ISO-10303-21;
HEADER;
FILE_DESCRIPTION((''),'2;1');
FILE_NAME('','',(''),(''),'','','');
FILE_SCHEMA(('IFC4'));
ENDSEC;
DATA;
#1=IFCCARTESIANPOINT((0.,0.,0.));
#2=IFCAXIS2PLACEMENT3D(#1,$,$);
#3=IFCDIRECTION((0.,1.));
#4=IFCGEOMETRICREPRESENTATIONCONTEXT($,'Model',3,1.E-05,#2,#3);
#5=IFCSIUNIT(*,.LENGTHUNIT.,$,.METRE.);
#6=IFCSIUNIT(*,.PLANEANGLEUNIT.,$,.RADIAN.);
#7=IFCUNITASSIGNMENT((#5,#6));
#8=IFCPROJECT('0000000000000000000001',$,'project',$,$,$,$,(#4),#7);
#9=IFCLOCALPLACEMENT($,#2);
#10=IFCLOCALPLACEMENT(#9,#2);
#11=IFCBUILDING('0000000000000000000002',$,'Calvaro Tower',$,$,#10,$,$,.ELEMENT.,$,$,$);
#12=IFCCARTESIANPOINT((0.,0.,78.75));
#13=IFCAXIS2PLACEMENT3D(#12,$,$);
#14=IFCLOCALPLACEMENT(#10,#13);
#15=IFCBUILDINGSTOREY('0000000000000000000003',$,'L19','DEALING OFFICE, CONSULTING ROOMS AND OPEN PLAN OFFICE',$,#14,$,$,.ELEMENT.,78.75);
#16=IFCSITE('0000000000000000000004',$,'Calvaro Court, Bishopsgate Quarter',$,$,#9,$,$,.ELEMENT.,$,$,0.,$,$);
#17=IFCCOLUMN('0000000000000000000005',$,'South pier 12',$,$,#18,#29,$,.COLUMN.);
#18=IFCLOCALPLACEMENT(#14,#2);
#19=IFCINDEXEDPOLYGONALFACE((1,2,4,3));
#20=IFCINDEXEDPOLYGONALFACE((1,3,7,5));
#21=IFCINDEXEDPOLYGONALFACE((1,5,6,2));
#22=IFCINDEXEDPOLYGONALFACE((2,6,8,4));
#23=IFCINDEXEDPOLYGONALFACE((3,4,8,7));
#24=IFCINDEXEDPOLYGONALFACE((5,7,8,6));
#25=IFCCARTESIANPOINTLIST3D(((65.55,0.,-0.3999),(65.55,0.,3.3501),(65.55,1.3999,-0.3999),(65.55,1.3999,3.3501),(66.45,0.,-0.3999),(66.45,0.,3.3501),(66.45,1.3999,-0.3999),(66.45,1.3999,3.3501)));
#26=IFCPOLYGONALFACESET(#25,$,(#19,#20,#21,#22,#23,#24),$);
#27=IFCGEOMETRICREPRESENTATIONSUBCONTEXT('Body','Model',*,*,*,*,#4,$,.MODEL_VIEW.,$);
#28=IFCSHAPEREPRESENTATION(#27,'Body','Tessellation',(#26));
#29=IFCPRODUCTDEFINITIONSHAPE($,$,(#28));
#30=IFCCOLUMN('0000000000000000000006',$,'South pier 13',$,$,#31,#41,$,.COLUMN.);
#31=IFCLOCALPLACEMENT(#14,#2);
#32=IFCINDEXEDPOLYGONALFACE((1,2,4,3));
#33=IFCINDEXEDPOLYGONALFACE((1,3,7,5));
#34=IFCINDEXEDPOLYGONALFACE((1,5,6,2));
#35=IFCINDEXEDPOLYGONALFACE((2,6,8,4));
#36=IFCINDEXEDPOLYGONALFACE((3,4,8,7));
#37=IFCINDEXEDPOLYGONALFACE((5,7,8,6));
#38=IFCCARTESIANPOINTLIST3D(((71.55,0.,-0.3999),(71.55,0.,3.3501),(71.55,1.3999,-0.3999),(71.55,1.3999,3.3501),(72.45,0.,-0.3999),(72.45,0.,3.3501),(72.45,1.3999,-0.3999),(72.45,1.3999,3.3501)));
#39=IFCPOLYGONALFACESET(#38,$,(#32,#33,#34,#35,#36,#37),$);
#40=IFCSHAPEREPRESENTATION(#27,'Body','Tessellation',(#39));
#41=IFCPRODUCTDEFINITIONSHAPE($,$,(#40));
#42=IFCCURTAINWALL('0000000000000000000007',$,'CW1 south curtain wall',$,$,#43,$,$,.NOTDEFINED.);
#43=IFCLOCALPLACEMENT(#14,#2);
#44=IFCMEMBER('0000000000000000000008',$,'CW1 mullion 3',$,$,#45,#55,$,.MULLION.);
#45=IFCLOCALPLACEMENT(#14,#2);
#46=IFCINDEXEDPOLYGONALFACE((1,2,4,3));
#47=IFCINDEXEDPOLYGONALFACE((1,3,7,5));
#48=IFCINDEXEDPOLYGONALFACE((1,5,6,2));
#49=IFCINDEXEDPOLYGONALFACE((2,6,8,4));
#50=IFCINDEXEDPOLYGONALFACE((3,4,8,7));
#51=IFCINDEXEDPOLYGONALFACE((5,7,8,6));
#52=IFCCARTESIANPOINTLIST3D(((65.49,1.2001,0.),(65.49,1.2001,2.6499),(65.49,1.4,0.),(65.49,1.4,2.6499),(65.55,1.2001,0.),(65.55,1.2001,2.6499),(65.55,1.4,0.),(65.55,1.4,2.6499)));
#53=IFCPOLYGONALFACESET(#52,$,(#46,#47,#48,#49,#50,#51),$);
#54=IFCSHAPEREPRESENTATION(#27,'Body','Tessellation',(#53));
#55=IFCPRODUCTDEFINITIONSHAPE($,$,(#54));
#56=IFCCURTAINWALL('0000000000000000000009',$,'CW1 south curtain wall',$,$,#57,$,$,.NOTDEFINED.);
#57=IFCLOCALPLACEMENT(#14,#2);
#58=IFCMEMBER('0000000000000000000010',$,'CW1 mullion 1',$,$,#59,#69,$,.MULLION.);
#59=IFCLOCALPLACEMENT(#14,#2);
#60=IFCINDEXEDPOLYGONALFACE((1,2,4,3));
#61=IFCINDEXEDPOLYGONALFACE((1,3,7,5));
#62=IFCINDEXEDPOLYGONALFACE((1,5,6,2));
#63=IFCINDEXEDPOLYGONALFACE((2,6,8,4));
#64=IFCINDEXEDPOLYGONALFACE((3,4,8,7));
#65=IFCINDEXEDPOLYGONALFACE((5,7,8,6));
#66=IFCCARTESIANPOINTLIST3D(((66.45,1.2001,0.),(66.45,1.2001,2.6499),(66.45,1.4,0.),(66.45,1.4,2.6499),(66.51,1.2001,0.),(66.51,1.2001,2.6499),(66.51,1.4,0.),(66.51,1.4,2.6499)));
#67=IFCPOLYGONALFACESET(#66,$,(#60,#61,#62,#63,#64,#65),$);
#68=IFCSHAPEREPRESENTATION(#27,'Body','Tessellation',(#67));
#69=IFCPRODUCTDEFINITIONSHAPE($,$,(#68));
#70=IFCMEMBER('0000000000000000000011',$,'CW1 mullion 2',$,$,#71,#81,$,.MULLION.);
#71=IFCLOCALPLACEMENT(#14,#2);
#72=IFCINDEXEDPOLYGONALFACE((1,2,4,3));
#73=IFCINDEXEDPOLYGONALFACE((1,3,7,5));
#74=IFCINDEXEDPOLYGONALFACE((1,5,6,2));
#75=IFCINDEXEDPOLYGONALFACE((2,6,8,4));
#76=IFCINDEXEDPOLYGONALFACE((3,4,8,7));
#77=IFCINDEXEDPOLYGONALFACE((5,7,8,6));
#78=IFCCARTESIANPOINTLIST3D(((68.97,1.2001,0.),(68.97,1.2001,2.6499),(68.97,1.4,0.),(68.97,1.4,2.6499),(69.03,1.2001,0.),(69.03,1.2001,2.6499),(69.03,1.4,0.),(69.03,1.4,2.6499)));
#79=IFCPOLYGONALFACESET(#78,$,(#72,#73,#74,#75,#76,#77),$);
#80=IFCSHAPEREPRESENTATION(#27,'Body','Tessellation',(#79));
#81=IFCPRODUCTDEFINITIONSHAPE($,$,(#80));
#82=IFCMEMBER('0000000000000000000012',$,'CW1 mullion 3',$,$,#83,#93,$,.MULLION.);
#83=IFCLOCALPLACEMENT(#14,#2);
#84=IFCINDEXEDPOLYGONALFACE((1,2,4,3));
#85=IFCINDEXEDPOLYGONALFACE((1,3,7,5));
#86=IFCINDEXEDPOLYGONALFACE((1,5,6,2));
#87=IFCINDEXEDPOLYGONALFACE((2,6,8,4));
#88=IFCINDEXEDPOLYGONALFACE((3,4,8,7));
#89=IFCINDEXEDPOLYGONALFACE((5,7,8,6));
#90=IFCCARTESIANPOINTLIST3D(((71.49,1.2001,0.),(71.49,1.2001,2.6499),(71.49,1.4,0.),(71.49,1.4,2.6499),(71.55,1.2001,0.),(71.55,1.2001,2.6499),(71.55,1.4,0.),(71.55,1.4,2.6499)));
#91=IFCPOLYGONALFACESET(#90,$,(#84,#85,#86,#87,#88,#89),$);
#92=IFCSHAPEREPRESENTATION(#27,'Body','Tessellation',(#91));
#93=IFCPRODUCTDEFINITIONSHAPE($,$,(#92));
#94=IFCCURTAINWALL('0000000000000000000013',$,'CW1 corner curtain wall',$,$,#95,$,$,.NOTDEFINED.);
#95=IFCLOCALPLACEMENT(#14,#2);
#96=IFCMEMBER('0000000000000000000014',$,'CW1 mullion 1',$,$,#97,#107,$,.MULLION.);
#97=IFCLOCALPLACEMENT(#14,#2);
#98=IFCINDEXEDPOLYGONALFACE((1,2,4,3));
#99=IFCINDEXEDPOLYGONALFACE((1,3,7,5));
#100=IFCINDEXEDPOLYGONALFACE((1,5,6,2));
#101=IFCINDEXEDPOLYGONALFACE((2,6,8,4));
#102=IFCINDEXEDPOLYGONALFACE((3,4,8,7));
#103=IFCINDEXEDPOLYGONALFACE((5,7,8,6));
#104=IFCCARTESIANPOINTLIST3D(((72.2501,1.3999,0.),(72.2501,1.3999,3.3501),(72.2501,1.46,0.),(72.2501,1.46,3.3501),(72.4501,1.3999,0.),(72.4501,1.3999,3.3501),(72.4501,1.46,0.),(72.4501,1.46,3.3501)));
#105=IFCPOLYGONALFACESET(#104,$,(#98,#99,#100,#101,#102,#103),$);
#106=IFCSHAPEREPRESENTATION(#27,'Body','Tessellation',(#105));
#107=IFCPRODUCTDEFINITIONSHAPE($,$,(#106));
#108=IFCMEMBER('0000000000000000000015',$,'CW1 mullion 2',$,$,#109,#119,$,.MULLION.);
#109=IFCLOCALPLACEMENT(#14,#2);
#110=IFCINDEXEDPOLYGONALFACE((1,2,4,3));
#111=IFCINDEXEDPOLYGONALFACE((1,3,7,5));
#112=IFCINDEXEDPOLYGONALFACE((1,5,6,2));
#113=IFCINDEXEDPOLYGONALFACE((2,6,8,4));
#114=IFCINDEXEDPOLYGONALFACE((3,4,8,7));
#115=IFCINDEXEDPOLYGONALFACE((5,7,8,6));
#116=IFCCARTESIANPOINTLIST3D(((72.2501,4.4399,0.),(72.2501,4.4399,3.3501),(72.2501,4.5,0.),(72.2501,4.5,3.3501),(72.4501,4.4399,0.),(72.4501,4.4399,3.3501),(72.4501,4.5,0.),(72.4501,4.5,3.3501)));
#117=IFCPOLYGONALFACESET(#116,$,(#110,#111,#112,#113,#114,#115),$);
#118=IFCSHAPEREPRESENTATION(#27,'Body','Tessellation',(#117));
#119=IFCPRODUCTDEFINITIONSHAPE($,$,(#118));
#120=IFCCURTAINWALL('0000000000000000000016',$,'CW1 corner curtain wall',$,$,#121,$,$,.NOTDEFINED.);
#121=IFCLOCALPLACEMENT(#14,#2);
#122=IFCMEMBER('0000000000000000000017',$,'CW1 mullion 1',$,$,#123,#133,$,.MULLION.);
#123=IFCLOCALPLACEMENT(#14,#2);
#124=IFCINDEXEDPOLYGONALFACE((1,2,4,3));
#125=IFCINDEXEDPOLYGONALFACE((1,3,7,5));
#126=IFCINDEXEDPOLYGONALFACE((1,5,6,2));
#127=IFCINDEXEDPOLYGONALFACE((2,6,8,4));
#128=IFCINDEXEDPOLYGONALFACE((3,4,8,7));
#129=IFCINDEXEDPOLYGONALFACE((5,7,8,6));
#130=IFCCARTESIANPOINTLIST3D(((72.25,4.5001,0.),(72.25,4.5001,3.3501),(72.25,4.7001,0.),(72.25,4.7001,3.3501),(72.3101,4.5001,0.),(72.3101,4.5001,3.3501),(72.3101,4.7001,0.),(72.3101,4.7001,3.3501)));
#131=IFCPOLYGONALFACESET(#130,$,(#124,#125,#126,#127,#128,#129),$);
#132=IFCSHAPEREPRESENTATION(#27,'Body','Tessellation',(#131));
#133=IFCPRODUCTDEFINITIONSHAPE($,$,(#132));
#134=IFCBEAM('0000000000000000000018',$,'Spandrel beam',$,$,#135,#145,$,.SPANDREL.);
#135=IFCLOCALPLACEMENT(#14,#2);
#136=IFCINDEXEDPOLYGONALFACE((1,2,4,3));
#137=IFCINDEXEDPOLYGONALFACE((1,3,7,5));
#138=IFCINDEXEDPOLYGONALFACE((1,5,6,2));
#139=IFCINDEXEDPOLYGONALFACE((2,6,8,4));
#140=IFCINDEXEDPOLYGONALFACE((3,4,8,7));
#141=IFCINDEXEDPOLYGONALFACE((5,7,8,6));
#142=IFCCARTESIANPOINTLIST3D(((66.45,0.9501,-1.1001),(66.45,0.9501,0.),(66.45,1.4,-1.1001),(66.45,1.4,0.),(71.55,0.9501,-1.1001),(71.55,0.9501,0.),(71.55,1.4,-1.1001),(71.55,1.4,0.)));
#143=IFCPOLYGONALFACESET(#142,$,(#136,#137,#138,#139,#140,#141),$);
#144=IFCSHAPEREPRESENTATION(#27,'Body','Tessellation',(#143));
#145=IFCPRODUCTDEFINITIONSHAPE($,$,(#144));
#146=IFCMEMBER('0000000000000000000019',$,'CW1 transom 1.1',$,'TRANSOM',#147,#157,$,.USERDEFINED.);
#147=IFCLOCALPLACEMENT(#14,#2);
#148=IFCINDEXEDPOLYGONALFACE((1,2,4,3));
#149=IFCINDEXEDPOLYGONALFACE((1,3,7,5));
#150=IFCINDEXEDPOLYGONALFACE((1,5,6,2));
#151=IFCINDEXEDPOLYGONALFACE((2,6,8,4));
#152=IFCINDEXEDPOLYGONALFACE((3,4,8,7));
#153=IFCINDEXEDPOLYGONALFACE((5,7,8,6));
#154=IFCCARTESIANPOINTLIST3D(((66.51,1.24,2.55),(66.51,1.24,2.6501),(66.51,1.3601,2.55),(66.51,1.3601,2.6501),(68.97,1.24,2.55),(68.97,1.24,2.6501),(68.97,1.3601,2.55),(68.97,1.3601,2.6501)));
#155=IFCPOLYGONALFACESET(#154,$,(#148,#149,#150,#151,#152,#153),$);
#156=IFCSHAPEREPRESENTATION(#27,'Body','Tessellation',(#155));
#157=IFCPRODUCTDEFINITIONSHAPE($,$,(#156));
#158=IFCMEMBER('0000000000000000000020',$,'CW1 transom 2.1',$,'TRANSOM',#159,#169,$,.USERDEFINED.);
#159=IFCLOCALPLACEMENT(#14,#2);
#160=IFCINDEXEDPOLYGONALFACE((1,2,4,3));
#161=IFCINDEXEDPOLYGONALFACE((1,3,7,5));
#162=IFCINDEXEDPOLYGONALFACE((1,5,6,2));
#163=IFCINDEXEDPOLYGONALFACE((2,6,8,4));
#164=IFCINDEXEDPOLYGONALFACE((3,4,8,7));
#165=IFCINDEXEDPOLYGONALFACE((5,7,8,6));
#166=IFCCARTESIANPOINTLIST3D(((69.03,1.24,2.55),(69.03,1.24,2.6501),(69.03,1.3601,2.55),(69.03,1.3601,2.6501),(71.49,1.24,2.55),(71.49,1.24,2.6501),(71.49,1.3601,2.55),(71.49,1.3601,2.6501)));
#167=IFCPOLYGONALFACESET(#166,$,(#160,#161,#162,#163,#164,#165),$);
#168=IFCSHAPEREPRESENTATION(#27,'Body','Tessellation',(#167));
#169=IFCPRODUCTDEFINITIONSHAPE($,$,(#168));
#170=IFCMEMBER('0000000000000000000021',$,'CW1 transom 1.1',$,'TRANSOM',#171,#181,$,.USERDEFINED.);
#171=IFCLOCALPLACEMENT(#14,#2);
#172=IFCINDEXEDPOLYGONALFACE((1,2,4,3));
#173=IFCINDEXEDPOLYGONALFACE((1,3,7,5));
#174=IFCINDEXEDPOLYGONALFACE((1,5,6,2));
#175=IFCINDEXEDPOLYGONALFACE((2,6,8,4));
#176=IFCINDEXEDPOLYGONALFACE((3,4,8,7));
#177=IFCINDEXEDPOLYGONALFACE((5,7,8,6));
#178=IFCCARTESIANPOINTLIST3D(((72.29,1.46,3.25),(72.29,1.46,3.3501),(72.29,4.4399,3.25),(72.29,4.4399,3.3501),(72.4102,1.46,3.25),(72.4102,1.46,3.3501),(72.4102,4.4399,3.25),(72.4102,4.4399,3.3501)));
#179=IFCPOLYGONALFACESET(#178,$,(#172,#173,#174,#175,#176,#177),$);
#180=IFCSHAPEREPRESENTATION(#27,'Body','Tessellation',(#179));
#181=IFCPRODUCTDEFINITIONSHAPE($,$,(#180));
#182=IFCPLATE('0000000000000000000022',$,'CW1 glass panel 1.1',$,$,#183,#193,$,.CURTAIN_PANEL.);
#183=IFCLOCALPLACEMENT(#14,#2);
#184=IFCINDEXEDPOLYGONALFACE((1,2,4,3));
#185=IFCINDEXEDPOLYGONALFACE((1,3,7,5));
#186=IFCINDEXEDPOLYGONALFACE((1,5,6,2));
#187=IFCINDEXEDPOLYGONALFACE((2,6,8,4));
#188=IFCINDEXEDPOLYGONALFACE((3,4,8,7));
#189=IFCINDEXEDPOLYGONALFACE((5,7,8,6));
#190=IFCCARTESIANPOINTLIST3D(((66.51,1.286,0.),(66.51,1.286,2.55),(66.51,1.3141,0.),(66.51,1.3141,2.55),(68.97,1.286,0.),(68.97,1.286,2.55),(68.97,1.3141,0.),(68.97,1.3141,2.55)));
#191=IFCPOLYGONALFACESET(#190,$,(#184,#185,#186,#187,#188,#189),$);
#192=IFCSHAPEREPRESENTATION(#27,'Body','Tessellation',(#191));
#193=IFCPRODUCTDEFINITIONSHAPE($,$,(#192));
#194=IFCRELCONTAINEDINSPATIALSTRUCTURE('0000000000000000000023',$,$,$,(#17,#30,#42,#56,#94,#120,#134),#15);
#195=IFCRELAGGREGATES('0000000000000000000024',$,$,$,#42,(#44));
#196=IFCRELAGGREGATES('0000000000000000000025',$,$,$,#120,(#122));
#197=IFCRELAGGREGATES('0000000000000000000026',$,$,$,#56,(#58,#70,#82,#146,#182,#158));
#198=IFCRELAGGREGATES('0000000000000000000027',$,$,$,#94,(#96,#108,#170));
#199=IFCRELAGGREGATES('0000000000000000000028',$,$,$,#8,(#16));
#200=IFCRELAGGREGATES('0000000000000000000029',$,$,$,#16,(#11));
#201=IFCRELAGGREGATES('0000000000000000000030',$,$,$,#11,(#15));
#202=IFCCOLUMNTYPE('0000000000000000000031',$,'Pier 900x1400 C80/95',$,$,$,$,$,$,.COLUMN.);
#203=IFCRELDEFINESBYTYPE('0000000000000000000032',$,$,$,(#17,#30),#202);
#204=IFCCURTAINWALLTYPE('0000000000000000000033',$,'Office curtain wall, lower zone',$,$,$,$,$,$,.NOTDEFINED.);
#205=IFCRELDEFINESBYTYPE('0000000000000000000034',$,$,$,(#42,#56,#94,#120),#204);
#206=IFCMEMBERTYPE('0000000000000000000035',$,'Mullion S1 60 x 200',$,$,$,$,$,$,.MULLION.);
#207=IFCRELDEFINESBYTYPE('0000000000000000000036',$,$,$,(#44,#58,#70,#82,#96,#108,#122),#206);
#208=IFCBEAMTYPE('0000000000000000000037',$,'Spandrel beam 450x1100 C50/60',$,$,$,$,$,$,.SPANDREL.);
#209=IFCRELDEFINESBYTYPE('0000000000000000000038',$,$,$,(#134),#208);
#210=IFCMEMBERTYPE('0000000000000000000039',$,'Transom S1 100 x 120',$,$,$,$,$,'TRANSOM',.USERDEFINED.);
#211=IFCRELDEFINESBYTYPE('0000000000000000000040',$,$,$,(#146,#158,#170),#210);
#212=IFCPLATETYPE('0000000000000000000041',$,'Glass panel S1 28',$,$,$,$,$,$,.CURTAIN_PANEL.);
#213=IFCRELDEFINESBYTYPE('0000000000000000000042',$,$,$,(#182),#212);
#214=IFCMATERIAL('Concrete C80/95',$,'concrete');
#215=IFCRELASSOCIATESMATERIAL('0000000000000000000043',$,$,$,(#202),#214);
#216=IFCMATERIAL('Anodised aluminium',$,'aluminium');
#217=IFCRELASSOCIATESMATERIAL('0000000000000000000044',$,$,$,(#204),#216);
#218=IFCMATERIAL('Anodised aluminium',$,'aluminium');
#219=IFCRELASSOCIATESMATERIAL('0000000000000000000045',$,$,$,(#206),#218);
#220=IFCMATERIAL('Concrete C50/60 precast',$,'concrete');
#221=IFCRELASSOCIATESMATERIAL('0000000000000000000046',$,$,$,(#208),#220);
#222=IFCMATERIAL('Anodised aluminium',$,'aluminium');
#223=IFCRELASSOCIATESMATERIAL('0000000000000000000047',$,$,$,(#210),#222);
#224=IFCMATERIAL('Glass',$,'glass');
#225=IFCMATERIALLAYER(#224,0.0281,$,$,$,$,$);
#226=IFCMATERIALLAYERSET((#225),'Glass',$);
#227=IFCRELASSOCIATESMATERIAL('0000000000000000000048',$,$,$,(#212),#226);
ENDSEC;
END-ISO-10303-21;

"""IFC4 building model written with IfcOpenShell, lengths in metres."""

from ifc_helpers import new_model, si_unit, direction, frame, origin, origin_2d, place, context, subcontext, project, spatial, rectangle, extrude, material, layer, layer_set, material_profile, profile_set, type_object, element, aggregate, save


model = new_model("IFC4")

# Units and contexts
model_context = context("Model", 3, precision=1e-05, world=origin(), true_north=direction((0.0, 1.0)))
body_context = subcontext(model_context, "Body", "Model", "MODEL_VIEW")
ifc_project = project(units=[si_unit("LENGTHUNIT", "METRE"), si_unit("PLANEANGLEUNIT", "RADIAN")], contexts=[model_context])

# Site, building, storey
site_placement = place(None, origin())
site = spatial("IfcSite", under=ifc_project, at=site_placement, Name="Calvaro Court, Bishopsgate Quarter", CompositionType="ELEMENT", RefElevation=0.0)
building_placement = place(site_placement, origin())
building = spatial("IfcBuilding", under=site, at=building_placement, Name="Calvaro Tower", CompositionType="ELEMENT")
storey_placement = place(building_placement, frame((0.0, 0.0, 78.75)))
storey = spatial("IfcBuildingStorey", under=building, at=storey_placement, Name="L19", Description="DEALING OFFICE, CONSULTING ROOMS AND OPEN PLAN OFFICE", CompositionType="ELEMENT", Elevation=78.75)

# Columns
ifc_material_1 = material(Name="Concrete C80/95", Category="concrete")
ifc_material_profile_1 = material_profile(ifc_material_1, rectangle(XDim=0.8999, YDim=1.3999, at=origin_2d()), Name="RC 900x1400")
ifc_profile_set_1 = profile_set([ifc_material_profile_1], Name="Concrete C80/95")
column_type = type_object("IfcColumnType", Name="Pier 900x1400 C80/95", PredefinedType="COLUMN", material=ifc_profile_set_1)
for number, where, z_axis, x_axis, name in (
    (1, (66.0, 0.7, -0.3999), (0.0, 0.0, 1.0), (1.0, 0.0, 0.0), "South pier 12"),
    (2, (72.0, 0.7, -0.3999), (0.0, 0.0, 1.0), (1.0, 0.0, 0.0), "South pier 13"),
):
    element("IfcColumn", number, at=place(storey_placement, frame(where, z_axis=z_axis, x_axis=x_axis)), inside=storey, type_object=column_type, Name=name, PredefinedType="COLUMN", context=body_context, shape_type="SweptSolid", body=[
        extrude(rectangle(XDim=0.8999, YDim=1.3999, at=origin_2d()), origin(), (0.0, 0.0, 1.0), 3.75),
    ])

# Curtain wall, member
ifc_material_2 = material(Name="Anodised aluminium", Category="aluminium")
curtain_wall_type = type_object("IfcCurtainWallType", Name="Office curtain wall, lower zone", PredefinedType="NOTDEFINED", material=ifc_material_2)
curtain_wall_1_placement = place(storey_placement, origin())
curtain_wall_1 = element("IfcCurtainWall", 3, at=curtain_wall_1_placement, inside=storey, type_object=curtain_wall_type, Name="CW1 south curtain wall", PredefinedType="NOTDEFINED")
ifc_material_3 = material(Name="Anodised aluminium", Category="aluminium")
ifc_material_profile_2 = material_profile(ifc_material_3, rectangle(XDim=0.2, YDim=0.0601, at=origin_2d()), Name="Mullion S1 60 x 200")
ifc_profile_set_2 = profile_set([ifc_material_profile_2], Name="Anodised aluminium")
member_type_1 = type_object("IfcMemberType", Name="Mullion S1 60 x 200", PredefinedType="MULLION", material=ifc_profile_set_2)
member_1_placement = place(storey_placement, frame((65.52, 1.3, 0.0), z_axis=(0.0, 0.0, 1.0), x_axis=(0.0, 1.0, 0.0)))
member_1 = element("IfcMember", 4, at=member_1_placement, type_object=member_type_1, Name="CW1 mullion 3", PredefinedType="MULLION", context=body_context, shape_type="SweptSolid", body=[
    extrude(rectangle(XDim=0.2, YDim=0.0601, at=origin_2d()), origin(), (0.0, 0.0, 1.0), 2.6499),
])
aggregate(curtain_wall_1, [member_1])

# Curtain walls, members
curtain_wall_2_placement = place(storey_placement, origin())
curtain_wall_2 = element("IfcCurtainWall", 5, at=curtain_wall_2_placement, inside=storey, type_object=curtain_wall_type, Name="CW1 south curtain wall", PredefinedType="NOTDEFINED")
member_2_placement = place(storey_placement, frame((66.48, 1.3, 0.0), z_axis=(0.0, 0.0, 1.0), x_axis=(0.0, 1.0, 0.0)))
member_2 = element("IfcMember", 6, at=member_2_placement, type_object=member_type_1, Name="CW1 mullion 1", PredefinedType="MULLION", context=body_context, shape_type="SweptSolid", body=[
    extrude(rectangle(XDim=0.2, YDim=0.0601, at=origin_2d()), origin(), (0.0, 0.0, 1.0), 2.6499),
])
member_3_placement = place(storey_placement, frame((69.0, 1.3, 0.0), z_axis=(0.0, 0.0, 1.0), x_axis=(0.0, 1.0, 0.0)))
member_3 = element("IfcMember", 7, at=member_3_placement, type_object=member_type_1, Name="CW1 mullion 2", PredefinedType="MULLION", context=body_context, shape_type="SweptSolid", body=[
    extrude(rectangle(XDim=0.2, YDim=0.0601, at=origin_2d()), origin(), (0.0, 0.0, 1.0), 2.6499),
])
member_4_placement = place(storey_placement, frame((71.52, 1.3, 0.0), z_axis=(0.0, 0.0, 1.0), x_axis=(0.0, 1.0, 0.0)))
member_4 = element("IfcMember", 8, at=member_4_placement, type_object=member_type_1, Name="CW1 mullion 3", PredefinedType="MULLION", context=body_context, shape_type="SweptSolid", body=[
    extrude(rectangle(XDim=0.2, YDim=0.0601, at=origin_2d()), origin(), (0.0, 0.0, 1.0), 2.6499),
])
curtain_wall_3_placement = place(storey_placement, origin())
curtain_wall_3 = element("IfcCurtainWall", 9, at=curtain_wall_3_placement, inside=storey, type_object=curtain_wall_type, Name="CW1 corner curtain wall", PredefinedType="NOTDEFINED")
member_5_placement = place(storey_placement, frame((72.3501, 1.4299, 0.0), z_axis=(0.0, 0.0, 1.0), x_axis=(-1.0, 0.0, 0.0)))
member_5 = element("IfcMember", 10, at=member_5_placement, type_object=member_type_1, Name="CW1 mullion 1", PredefinedType="MULLION", context=body_context, shape_type="SweptSolid", body=[
    extrude(rectangle(XDim=0.2, YDim=0.0601, at=origin_2d()), origin(), (0.0, 0.0, 1.0), 3.3501),
])
member_6_placement = place(storey_placement, frame((72.3501, 4.47, 0.0), z_axis=(0.0, 0.0, 1.0), x_axis=(-1.0, 0.0, 0.0)))
member_6 = element("IfcMember", 11, at=member_6_placement, type_object=member_type_1, Name="CW1 mullion 2", PredefinedType="MULLION", context=body_context, shape_type="SweptSolid", body=[
    extrude(rectangle(XDim=0.2, YDim=0.0601, at=origin_2d()), origin(), (0.0, 0.0, 1.0), 3.3501),
])

# Curtain wall, member
curtain_wall_4_placement = place(storey_placement, origin())
curtain_wall_4 = element("IfcCurtainWall", 12, at=curtain_wall_4_placement, inside=storey, type_object=curtain_wall_type, Name="CW1 corner curtain wall", PredefinedType="NOTDEFINED")
member_7_placement = place(storey_placement, frame((72.28, 4.6001, 0.0), z_axis=(0.0, 0.0, 1.0), x_axis=(0.0, 1.0, 0.0)))
member_7 = element("IfcMember", 13, at=member_7_placement, type_object=member_type_1, Name="CW1 mullion 1", PredefinedType="MULLION", context=body_context, shape_type="SweptSolid", body=[
    extrude(rectangle(XDim=0.2, YDim=0.0601, at=origin_2d()), origin(), (0.0, 0.0, 1.0), 3.3501),
])
aggregate(curtain_wall_4, [member_7])

# Beam
ifc_material_4 = material(Name="Concrete C50/60 precast", Category="concrete")
ifc_material_profile_3 = material_profile(ifc_material_4, rectangle(XDim=0.45, YDim=1.1001, at=origin_2d()), Name="RC 450x1100")
ifc_profile_set_3 = profile_set([ifc_material_profile_3], Name="Concrete C50/60 precast")
beam_type = type_object("IfcBeamType", Name="Spandrel beam 450x1100 C50/60", PredefinedType="SPANDREL", material=ifc_profile_set_3)
beam_placement = place(storey_placement, frame((66.45, 1.175, -0.55), z_axis=(1.0, 0.0, 0.0), x_axis=(0.0, 1.0, 0.0)))
element("IfcBeam", 14, at=beam_placement, inside=storey, type_object=beam_type, Name="Spandrel beam", PredefinedType="SPANDREL", context=body_context, shape_type="SweptSolid", body=[
    extrude(rectangle(XDim=0.45, YDim=1.1001, at=origin_2d()), origin(), (0.0, 0.0, 1.0), 5.1001),
])

# Members
ifc_material_5 = material(Name="Anodised aluminium", Category="aluminium")
ifc_material_profile_4 = material_profile(ifc_material_5, rectangle(XDim=0.1201, YDim=0.1001, at=origin_2d()), Name="Transom S1 100 x 120")
ifc_profile_set_4 = profile_set([ifc_material_profile_4], Name="Anodised aluminium")
member_type_2 = type_object("IfcMemberType", Name="Transom S1 100 x 120", ElementType="TRANSOM", PredefinedType="USERDEFINED", material=ifc_profile_set_4)
member_8_placement = place(storey_placement, frame((66.51, 1.3, 2.6001), z_axis=(1.0, 0.0, 0.0), x_axis=(0.0, 1.0, 0.0)))
member_8 = element("IfcMember", 15, at=member_8_placement, type_object=member_type_2, Name="CW1 transom 1.1", ObjectType="TRANSOM", PredefinedType="USERDEFINED", context=body_context, shape_type="SweptSolid", body=[
    extrude(rectangle(XDim=0.1201, YDim=0.1001, at=origin_2d()), origin(), (0.0, 0.0, 1.0), 2.46),
])
member_9_placement = place(storey_placement, frame((69.03, 1.3, 2.6001), z_axis=(1.0, 0.0, 0.0), x_axis=(0.0, 1.0, 0.0)))
member_9 = element("IfcMember", 16, at=member_9_placement, type_object=member_type_2, Name="CW1 transom 2.1", ObjectType="TRANSOM", PredefinedType="USERDEFINED", context=body_context, shape_type="SweptSolid", body=[
    extrude(rectangle(XDim=0.1201, YDim=0.1001, at=origin_2d()), origin(), (0.0, 0.0, 1.0), 2.46),
])
member_10_placement = place(storey_placement, frame((72.3501, 1.46, 3.3), z_axis=(0.0, 1.0, 0.0), x_axis=(-1.0, 0.0, 0.0)))
member_10 = element("IfcMember", 17, at=member_10_placement, type_object=member_type_2, Name="CW1 transom 1.1", ObjectType="TRANSOM", PredefinedType="USERDEFINED", context=body_context, shape_type="SweptSolid", body=[
    extrude(rectangle(XDim=0.1201, YDim=0.1001, at=origin_2d()), origin(), (0.0, 0.0, 1.0), 2.98),
])

# Plate
ifc_material_6 = material(Name="Glass", Category="glass")
ifc_layer_1 = layer(ifc_material_6, 0.0281)
ifc_layer_set_1 = layer_set([ifc_layer_1], Name="Glass")
plate_type = type_object("IfcPlateType", Name="Glass panel S1 28", PredefinedType="CURTAIN_PANEL", material=ifc_layer_set_1)
plate_1_placement = place(storey_placement, frame((67.74, 1.3, 0.0), z_axis=(0.0, 0.0, 1.0), x_axis=(1.0, 0.0, 0.0)))
plate_1 = element("IfcPlate", 18, at=plate_1_placement, type_object=plate_type, Name="CW1 glass panel 1.1", PredefinedType="CURTAIN_PANEL", context=body_context, shape_type="SweptSolid", body=[
    extrude(rectangle(XDim=2.46, YDim=0.0281, at=origin_2d()), origin(), (0.0, 0.0, 1.0), 2.55),
])
aggregate(curtain_wall_2, [member_2, member_3, member_4, member_8, plate_1, member_9])
aggregate(curtain_wall_3, [member_5, member_6, member_10])

save(model, "model.ifc")
